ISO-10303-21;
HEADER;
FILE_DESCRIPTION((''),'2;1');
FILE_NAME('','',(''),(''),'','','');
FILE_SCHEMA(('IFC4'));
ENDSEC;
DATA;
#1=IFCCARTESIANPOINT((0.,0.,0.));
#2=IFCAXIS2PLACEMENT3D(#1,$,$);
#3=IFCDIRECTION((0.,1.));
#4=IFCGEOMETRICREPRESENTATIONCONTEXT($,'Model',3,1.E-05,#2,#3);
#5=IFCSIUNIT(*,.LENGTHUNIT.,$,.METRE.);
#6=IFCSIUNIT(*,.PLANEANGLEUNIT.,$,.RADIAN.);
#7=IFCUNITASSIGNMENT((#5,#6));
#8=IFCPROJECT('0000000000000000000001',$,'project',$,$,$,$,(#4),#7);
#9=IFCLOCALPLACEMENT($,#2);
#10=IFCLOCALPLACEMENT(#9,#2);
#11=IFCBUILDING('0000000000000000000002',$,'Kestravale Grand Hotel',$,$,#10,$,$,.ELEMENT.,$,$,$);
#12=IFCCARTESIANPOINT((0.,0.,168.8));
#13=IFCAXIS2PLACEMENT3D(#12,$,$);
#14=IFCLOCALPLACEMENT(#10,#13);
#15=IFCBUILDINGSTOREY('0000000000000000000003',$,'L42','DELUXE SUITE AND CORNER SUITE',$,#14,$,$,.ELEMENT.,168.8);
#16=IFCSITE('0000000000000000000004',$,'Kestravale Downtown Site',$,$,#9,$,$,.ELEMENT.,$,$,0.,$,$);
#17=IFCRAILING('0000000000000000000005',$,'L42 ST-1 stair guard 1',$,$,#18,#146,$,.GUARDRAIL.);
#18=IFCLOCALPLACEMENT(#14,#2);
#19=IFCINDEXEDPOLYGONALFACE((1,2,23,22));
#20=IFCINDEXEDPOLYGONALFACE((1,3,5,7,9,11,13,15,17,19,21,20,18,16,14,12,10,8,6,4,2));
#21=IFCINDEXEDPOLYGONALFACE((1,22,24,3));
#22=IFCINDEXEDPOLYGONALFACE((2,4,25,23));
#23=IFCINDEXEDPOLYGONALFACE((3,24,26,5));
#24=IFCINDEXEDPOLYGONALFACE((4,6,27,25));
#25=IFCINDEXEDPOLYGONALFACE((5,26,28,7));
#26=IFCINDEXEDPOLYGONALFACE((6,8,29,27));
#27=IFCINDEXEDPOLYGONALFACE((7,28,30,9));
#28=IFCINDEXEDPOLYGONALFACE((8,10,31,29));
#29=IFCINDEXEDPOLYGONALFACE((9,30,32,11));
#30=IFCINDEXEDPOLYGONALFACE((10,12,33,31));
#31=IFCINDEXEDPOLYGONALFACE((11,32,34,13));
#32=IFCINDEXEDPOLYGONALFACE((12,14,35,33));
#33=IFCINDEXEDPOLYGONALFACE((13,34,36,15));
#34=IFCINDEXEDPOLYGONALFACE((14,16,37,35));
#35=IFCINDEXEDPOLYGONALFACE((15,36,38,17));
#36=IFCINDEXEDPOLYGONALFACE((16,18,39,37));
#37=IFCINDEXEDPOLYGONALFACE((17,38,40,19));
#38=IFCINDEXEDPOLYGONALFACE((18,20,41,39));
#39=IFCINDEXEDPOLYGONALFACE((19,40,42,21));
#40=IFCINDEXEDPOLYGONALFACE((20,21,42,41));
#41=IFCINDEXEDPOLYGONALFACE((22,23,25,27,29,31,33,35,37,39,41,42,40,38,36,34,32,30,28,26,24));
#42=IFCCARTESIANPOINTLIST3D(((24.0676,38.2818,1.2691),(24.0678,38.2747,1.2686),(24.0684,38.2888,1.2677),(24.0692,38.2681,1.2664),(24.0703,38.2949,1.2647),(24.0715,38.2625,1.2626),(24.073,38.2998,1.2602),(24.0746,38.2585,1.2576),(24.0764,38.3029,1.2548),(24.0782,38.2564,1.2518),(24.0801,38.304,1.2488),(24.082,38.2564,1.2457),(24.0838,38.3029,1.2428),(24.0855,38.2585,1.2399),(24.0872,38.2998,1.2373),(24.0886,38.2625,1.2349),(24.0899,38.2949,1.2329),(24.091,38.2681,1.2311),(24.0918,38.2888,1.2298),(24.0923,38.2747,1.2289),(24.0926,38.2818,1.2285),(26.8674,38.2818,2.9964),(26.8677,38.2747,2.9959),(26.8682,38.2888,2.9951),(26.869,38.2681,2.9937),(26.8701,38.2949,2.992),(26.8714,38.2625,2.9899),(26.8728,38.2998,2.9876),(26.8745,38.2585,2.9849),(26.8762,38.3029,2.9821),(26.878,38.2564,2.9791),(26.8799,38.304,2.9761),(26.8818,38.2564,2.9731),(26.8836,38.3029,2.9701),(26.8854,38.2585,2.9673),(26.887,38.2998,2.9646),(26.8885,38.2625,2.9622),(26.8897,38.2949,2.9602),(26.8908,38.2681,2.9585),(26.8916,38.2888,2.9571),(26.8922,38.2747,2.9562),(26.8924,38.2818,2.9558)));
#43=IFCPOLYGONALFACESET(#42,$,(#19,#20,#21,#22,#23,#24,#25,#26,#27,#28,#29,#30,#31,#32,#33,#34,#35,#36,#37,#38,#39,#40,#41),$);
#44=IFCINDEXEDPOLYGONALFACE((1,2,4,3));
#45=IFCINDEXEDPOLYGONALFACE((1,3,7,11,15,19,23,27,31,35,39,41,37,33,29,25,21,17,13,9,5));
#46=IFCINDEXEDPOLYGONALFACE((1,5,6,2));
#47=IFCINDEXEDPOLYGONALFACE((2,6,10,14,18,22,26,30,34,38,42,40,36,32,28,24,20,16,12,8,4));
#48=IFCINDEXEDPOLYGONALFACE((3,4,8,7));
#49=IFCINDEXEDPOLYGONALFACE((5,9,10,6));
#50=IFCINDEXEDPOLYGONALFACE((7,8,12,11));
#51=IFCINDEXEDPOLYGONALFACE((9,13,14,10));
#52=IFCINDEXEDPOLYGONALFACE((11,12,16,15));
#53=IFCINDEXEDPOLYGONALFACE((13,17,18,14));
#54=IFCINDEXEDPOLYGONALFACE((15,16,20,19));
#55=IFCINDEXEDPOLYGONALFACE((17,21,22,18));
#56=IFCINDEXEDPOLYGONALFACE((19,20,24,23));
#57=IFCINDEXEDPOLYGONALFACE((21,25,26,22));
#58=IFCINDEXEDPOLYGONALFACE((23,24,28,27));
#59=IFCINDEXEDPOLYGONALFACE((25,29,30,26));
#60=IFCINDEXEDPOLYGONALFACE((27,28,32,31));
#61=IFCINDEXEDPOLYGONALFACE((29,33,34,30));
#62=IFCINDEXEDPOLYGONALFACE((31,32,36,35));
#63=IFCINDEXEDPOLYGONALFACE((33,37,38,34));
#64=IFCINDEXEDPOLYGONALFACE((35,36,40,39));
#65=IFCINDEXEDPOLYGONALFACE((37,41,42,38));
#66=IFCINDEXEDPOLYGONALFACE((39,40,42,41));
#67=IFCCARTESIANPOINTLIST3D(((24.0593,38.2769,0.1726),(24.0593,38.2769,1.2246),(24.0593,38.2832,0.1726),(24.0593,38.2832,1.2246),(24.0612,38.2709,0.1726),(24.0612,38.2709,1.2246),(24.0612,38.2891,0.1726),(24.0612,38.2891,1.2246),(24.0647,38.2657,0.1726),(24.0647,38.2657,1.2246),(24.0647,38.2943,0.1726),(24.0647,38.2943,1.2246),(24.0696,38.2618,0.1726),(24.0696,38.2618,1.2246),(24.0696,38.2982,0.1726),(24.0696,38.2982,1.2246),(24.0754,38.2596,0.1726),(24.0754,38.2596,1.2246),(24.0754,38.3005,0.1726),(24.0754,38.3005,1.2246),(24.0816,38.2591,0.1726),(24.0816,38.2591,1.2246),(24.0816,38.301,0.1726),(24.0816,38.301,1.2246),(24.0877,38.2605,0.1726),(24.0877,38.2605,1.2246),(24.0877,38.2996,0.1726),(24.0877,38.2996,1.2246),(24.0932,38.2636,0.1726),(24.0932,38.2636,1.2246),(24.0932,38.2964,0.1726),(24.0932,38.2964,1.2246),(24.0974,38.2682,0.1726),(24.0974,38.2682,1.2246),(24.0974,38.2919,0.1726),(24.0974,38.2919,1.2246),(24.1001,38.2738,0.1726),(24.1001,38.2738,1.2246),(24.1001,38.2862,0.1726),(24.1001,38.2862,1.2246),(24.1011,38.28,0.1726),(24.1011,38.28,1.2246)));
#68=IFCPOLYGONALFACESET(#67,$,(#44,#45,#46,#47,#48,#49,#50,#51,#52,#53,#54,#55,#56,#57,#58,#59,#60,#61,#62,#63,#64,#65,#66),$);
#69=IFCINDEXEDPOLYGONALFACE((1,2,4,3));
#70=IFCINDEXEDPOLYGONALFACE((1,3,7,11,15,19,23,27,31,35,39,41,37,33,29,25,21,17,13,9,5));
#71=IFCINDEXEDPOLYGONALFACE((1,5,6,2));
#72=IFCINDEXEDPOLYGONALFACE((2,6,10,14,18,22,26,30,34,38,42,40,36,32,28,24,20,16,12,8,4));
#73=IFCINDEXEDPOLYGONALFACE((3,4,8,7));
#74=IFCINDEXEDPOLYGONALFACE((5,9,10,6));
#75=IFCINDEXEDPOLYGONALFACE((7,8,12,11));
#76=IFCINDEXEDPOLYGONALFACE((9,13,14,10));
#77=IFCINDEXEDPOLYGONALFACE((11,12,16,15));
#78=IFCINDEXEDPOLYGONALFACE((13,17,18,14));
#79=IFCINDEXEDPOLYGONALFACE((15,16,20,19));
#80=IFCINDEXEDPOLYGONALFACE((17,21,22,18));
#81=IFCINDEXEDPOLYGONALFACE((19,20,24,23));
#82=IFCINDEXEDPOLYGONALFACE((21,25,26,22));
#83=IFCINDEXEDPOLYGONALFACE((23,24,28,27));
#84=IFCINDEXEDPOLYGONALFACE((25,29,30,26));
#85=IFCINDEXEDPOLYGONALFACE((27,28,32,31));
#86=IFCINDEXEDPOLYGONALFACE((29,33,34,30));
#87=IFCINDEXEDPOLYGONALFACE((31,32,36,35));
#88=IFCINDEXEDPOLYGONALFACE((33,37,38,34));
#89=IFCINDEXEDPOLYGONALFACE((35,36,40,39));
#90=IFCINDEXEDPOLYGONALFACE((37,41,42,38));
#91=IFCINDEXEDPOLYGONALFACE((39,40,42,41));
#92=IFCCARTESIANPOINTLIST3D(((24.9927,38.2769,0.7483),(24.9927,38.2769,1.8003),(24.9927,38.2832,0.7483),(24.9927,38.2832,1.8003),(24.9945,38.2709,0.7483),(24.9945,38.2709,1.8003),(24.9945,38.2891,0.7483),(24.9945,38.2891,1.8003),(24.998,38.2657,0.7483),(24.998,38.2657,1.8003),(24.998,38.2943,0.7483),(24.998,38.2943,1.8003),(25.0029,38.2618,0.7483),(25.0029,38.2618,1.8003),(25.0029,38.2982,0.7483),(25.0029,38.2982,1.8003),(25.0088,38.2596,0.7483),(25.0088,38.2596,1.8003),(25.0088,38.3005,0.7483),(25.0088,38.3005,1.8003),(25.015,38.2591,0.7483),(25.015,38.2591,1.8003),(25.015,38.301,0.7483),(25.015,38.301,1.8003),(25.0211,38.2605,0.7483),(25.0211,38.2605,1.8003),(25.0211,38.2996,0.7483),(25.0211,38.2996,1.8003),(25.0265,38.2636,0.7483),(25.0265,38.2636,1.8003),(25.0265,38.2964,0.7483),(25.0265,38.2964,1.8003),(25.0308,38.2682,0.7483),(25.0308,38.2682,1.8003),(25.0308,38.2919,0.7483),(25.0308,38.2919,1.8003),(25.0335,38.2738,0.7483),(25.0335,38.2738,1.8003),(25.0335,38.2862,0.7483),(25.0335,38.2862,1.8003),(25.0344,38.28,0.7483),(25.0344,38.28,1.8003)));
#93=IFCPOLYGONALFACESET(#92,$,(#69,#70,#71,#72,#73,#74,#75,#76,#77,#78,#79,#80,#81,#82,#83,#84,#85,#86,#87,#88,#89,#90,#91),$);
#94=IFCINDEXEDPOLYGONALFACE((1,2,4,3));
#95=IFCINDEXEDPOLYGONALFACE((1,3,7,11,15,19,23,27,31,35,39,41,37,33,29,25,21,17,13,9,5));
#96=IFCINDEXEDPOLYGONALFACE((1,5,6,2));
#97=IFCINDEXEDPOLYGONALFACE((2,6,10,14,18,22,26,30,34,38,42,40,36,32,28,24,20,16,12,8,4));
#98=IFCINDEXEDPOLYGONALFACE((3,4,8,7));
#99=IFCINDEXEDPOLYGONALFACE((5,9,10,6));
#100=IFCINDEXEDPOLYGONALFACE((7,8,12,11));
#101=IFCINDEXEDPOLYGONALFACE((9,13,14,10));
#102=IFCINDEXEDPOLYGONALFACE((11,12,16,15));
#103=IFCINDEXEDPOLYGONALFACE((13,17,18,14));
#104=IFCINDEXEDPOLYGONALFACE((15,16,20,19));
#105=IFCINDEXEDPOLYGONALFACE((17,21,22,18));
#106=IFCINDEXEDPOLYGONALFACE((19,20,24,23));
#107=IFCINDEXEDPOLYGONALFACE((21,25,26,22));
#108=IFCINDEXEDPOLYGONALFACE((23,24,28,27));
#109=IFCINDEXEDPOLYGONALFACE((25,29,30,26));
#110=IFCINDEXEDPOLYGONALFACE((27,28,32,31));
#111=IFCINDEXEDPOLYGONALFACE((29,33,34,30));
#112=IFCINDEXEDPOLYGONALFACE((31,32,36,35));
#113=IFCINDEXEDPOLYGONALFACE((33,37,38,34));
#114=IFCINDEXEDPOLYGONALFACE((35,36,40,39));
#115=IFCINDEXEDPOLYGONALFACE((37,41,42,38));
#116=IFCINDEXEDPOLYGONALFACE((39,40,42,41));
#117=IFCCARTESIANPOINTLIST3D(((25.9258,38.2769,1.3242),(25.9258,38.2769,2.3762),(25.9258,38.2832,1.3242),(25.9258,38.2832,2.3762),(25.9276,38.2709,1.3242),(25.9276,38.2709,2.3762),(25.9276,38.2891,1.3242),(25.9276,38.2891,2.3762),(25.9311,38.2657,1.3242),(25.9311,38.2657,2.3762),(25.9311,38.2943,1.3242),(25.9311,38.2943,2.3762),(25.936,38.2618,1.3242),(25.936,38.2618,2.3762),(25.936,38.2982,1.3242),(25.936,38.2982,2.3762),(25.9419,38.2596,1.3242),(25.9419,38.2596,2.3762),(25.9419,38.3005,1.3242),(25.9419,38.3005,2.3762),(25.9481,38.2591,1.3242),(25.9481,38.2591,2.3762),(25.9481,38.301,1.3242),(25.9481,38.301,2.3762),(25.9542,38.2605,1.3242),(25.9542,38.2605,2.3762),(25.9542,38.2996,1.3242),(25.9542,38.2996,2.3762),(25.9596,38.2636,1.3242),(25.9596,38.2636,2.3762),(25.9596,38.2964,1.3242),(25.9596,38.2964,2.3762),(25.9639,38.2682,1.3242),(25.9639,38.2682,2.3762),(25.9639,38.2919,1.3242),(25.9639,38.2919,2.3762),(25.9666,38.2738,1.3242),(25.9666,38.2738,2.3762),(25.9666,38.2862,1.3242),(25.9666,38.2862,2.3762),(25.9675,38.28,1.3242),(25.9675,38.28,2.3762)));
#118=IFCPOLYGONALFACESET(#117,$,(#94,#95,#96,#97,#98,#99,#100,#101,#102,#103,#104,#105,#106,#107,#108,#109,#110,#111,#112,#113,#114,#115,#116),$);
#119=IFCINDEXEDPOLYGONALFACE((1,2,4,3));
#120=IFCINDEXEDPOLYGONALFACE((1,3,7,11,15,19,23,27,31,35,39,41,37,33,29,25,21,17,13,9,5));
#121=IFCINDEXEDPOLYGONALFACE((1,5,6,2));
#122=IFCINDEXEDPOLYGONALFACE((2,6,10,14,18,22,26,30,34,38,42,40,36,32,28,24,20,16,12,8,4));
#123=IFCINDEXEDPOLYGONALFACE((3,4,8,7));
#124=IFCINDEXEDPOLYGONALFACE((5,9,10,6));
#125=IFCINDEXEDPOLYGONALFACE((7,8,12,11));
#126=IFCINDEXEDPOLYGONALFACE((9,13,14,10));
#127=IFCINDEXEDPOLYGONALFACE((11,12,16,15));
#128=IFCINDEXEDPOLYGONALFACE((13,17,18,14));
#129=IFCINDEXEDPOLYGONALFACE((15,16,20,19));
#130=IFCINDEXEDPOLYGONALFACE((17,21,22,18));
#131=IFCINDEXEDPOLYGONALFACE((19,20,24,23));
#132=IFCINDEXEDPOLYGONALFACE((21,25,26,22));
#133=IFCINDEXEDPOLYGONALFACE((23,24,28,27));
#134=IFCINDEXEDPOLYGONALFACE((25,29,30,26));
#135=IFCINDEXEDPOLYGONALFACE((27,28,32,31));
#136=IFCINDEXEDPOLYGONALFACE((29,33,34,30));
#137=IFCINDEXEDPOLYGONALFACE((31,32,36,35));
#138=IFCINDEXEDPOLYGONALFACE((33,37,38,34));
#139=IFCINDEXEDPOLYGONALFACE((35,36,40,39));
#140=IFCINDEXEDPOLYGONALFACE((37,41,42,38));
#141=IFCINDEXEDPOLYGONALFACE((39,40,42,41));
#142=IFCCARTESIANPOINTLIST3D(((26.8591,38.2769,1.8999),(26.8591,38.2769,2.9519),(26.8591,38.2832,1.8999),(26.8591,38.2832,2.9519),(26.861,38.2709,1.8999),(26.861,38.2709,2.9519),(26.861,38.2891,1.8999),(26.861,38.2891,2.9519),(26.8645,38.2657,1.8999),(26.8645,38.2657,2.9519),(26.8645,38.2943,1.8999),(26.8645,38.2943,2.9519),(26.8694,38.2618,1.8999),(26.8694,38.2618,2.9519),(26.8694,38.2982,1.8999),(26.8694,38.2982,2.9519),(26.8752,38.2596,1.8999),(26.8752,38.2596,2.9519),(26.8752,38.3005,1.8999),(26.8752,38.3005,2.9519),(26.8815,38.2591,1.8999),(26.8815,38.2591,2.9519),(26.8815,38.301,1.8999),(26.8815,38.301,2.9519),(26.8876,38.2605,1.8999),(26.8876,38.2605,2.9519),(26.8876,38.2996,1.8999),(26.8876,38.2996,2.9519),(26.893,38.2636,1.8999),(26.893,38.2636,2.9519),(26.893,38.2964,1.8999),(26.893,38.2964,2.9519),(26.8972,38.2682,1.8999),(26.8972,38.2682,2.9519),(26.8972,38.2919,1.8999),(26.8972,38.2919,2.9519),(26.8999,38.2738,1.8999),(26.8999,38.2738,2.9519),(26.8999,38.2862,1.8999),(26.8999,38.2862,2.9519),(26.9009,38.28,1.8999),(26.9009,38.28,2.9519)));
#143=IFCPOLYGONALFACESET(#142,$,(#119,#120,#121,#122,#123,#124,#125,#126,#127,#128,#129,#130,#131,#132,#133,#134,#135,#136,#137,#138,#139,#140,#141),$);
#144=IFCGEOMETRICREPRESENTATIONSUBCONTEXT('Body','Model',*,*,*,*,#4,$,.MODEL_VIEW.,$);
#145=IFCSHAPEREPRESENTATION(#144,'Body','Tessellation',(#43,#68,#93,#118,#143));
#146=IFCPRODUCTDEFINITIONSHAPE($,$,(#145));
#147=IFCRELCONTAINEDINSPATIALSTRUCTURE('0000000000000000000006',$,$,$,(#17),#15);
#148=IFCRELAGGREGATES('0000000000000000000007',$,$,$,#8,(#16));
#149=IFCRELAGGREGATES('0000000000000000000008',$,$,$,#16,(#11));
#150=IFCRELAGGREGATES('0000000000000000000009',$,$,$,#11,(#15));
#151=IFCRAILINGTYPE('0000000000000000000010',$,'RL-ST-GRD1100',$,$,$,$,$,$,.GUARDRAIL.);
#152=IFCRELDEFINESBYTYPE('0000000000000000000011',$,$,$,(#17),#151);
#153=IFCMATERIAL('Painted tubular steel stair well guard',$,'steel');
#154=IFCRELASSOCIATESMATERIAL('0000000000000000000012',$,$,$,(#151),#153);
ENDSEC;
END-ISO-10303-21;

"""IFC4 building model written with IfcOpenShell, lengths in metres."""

from ifc_helpers import new_model, si_unit, direction, frame, origin, origin_2d, place, context, subcontext, project, spatial, circle, extrude, material, type_object, element, save


model = new_model("IFC4")

# Units and contexts
model_context = context("Model", 3, precision=1e-05, world=origin(), true_north=direction((0.0, 1.0)))
body_context = subcontext(model_context, "Body", "Model", "MODEL_VIEW")
ifc_project = project(units=[si_unit("LENGTHUNIT", "METRE"), si_unit("PLANEANGLEUNIT", "RADIAN")], contexts=[model_context])

# Site, building, storey
site_placement = place(None, origin())
site = spatial("IfcSite", under=ifc_project, at=site_placement, Name="Kestravale Downtown Site", CompositionType="ELEMENT", RefElevation=0.0)
building_placement = place(site_placement, origin())
building = spatial("IfcBuilding", under=site, at=building_placement, Name="Kestravale Grand Hotel", CompositionType="ELEMENT")
storey_placement = place(building_placement, frame((0.0, 0.0, 168.8)))
storey = spatial("IfcBuildingStorey", under=building, at=storey_placement, Name="L42", Description="DELUXE SUITE AND CORNER SUITE", CompositionType="ELEMENT", Elevation=168.8)

# Railing
ifc_material_1 = material(Name="Painted tubular steel stair well guard", Category="steel")
railing_type_1 = type_object("IfcRailingType", Name="RL-ST-GRD1100", PredefinedType="GUARDRAIL", material=ifc_material_1)
railing_1_placement = place(storey_placement, frame((24.0801, 38.28, 0.1726)))
element("IfcRailing", 1, at=railing_1_placement, inside=storey, type_object=railing_type_1, Name="L42 ST-1 stair guard 1", PredefinedType="GUARDRAIL", context=body_context, shape_type="SweptSolid", body=[
    extrude(circle(Radius=0.0239, at=origin_2d()), frame((0.0, 0.0, 1.0762), z_axis=(0.851069, 0.0, 0.525054), x_axis=(0.0, 1.0, 0.0)), (0.0, 0.0, 1.0), 3.2898),
    extrude(circle(Radius=0.021, at=origin_2d()), origin(), (0.0, 0.0, 1.0), 1.052),
    extrude(circle(Radius=0.021, at=origin_2d()), frame((0.9333, 0.0, 0.5757)), (0.0, 0.0, 1.0), 1.052),
    extrude(circle(Radius=0.021, at=origin_2d()), frame((1.8665, 0.0, 1.1516)), (0.0, 0.0, 1.0), 1.052),
    extrude(circle(Radius=0.021, at=origin_2d()), frame((2.7998, 0.0, 1.7273)), (0.0, 0.0, 1.0), 1.052),
])

save(model, "model.ifc")
